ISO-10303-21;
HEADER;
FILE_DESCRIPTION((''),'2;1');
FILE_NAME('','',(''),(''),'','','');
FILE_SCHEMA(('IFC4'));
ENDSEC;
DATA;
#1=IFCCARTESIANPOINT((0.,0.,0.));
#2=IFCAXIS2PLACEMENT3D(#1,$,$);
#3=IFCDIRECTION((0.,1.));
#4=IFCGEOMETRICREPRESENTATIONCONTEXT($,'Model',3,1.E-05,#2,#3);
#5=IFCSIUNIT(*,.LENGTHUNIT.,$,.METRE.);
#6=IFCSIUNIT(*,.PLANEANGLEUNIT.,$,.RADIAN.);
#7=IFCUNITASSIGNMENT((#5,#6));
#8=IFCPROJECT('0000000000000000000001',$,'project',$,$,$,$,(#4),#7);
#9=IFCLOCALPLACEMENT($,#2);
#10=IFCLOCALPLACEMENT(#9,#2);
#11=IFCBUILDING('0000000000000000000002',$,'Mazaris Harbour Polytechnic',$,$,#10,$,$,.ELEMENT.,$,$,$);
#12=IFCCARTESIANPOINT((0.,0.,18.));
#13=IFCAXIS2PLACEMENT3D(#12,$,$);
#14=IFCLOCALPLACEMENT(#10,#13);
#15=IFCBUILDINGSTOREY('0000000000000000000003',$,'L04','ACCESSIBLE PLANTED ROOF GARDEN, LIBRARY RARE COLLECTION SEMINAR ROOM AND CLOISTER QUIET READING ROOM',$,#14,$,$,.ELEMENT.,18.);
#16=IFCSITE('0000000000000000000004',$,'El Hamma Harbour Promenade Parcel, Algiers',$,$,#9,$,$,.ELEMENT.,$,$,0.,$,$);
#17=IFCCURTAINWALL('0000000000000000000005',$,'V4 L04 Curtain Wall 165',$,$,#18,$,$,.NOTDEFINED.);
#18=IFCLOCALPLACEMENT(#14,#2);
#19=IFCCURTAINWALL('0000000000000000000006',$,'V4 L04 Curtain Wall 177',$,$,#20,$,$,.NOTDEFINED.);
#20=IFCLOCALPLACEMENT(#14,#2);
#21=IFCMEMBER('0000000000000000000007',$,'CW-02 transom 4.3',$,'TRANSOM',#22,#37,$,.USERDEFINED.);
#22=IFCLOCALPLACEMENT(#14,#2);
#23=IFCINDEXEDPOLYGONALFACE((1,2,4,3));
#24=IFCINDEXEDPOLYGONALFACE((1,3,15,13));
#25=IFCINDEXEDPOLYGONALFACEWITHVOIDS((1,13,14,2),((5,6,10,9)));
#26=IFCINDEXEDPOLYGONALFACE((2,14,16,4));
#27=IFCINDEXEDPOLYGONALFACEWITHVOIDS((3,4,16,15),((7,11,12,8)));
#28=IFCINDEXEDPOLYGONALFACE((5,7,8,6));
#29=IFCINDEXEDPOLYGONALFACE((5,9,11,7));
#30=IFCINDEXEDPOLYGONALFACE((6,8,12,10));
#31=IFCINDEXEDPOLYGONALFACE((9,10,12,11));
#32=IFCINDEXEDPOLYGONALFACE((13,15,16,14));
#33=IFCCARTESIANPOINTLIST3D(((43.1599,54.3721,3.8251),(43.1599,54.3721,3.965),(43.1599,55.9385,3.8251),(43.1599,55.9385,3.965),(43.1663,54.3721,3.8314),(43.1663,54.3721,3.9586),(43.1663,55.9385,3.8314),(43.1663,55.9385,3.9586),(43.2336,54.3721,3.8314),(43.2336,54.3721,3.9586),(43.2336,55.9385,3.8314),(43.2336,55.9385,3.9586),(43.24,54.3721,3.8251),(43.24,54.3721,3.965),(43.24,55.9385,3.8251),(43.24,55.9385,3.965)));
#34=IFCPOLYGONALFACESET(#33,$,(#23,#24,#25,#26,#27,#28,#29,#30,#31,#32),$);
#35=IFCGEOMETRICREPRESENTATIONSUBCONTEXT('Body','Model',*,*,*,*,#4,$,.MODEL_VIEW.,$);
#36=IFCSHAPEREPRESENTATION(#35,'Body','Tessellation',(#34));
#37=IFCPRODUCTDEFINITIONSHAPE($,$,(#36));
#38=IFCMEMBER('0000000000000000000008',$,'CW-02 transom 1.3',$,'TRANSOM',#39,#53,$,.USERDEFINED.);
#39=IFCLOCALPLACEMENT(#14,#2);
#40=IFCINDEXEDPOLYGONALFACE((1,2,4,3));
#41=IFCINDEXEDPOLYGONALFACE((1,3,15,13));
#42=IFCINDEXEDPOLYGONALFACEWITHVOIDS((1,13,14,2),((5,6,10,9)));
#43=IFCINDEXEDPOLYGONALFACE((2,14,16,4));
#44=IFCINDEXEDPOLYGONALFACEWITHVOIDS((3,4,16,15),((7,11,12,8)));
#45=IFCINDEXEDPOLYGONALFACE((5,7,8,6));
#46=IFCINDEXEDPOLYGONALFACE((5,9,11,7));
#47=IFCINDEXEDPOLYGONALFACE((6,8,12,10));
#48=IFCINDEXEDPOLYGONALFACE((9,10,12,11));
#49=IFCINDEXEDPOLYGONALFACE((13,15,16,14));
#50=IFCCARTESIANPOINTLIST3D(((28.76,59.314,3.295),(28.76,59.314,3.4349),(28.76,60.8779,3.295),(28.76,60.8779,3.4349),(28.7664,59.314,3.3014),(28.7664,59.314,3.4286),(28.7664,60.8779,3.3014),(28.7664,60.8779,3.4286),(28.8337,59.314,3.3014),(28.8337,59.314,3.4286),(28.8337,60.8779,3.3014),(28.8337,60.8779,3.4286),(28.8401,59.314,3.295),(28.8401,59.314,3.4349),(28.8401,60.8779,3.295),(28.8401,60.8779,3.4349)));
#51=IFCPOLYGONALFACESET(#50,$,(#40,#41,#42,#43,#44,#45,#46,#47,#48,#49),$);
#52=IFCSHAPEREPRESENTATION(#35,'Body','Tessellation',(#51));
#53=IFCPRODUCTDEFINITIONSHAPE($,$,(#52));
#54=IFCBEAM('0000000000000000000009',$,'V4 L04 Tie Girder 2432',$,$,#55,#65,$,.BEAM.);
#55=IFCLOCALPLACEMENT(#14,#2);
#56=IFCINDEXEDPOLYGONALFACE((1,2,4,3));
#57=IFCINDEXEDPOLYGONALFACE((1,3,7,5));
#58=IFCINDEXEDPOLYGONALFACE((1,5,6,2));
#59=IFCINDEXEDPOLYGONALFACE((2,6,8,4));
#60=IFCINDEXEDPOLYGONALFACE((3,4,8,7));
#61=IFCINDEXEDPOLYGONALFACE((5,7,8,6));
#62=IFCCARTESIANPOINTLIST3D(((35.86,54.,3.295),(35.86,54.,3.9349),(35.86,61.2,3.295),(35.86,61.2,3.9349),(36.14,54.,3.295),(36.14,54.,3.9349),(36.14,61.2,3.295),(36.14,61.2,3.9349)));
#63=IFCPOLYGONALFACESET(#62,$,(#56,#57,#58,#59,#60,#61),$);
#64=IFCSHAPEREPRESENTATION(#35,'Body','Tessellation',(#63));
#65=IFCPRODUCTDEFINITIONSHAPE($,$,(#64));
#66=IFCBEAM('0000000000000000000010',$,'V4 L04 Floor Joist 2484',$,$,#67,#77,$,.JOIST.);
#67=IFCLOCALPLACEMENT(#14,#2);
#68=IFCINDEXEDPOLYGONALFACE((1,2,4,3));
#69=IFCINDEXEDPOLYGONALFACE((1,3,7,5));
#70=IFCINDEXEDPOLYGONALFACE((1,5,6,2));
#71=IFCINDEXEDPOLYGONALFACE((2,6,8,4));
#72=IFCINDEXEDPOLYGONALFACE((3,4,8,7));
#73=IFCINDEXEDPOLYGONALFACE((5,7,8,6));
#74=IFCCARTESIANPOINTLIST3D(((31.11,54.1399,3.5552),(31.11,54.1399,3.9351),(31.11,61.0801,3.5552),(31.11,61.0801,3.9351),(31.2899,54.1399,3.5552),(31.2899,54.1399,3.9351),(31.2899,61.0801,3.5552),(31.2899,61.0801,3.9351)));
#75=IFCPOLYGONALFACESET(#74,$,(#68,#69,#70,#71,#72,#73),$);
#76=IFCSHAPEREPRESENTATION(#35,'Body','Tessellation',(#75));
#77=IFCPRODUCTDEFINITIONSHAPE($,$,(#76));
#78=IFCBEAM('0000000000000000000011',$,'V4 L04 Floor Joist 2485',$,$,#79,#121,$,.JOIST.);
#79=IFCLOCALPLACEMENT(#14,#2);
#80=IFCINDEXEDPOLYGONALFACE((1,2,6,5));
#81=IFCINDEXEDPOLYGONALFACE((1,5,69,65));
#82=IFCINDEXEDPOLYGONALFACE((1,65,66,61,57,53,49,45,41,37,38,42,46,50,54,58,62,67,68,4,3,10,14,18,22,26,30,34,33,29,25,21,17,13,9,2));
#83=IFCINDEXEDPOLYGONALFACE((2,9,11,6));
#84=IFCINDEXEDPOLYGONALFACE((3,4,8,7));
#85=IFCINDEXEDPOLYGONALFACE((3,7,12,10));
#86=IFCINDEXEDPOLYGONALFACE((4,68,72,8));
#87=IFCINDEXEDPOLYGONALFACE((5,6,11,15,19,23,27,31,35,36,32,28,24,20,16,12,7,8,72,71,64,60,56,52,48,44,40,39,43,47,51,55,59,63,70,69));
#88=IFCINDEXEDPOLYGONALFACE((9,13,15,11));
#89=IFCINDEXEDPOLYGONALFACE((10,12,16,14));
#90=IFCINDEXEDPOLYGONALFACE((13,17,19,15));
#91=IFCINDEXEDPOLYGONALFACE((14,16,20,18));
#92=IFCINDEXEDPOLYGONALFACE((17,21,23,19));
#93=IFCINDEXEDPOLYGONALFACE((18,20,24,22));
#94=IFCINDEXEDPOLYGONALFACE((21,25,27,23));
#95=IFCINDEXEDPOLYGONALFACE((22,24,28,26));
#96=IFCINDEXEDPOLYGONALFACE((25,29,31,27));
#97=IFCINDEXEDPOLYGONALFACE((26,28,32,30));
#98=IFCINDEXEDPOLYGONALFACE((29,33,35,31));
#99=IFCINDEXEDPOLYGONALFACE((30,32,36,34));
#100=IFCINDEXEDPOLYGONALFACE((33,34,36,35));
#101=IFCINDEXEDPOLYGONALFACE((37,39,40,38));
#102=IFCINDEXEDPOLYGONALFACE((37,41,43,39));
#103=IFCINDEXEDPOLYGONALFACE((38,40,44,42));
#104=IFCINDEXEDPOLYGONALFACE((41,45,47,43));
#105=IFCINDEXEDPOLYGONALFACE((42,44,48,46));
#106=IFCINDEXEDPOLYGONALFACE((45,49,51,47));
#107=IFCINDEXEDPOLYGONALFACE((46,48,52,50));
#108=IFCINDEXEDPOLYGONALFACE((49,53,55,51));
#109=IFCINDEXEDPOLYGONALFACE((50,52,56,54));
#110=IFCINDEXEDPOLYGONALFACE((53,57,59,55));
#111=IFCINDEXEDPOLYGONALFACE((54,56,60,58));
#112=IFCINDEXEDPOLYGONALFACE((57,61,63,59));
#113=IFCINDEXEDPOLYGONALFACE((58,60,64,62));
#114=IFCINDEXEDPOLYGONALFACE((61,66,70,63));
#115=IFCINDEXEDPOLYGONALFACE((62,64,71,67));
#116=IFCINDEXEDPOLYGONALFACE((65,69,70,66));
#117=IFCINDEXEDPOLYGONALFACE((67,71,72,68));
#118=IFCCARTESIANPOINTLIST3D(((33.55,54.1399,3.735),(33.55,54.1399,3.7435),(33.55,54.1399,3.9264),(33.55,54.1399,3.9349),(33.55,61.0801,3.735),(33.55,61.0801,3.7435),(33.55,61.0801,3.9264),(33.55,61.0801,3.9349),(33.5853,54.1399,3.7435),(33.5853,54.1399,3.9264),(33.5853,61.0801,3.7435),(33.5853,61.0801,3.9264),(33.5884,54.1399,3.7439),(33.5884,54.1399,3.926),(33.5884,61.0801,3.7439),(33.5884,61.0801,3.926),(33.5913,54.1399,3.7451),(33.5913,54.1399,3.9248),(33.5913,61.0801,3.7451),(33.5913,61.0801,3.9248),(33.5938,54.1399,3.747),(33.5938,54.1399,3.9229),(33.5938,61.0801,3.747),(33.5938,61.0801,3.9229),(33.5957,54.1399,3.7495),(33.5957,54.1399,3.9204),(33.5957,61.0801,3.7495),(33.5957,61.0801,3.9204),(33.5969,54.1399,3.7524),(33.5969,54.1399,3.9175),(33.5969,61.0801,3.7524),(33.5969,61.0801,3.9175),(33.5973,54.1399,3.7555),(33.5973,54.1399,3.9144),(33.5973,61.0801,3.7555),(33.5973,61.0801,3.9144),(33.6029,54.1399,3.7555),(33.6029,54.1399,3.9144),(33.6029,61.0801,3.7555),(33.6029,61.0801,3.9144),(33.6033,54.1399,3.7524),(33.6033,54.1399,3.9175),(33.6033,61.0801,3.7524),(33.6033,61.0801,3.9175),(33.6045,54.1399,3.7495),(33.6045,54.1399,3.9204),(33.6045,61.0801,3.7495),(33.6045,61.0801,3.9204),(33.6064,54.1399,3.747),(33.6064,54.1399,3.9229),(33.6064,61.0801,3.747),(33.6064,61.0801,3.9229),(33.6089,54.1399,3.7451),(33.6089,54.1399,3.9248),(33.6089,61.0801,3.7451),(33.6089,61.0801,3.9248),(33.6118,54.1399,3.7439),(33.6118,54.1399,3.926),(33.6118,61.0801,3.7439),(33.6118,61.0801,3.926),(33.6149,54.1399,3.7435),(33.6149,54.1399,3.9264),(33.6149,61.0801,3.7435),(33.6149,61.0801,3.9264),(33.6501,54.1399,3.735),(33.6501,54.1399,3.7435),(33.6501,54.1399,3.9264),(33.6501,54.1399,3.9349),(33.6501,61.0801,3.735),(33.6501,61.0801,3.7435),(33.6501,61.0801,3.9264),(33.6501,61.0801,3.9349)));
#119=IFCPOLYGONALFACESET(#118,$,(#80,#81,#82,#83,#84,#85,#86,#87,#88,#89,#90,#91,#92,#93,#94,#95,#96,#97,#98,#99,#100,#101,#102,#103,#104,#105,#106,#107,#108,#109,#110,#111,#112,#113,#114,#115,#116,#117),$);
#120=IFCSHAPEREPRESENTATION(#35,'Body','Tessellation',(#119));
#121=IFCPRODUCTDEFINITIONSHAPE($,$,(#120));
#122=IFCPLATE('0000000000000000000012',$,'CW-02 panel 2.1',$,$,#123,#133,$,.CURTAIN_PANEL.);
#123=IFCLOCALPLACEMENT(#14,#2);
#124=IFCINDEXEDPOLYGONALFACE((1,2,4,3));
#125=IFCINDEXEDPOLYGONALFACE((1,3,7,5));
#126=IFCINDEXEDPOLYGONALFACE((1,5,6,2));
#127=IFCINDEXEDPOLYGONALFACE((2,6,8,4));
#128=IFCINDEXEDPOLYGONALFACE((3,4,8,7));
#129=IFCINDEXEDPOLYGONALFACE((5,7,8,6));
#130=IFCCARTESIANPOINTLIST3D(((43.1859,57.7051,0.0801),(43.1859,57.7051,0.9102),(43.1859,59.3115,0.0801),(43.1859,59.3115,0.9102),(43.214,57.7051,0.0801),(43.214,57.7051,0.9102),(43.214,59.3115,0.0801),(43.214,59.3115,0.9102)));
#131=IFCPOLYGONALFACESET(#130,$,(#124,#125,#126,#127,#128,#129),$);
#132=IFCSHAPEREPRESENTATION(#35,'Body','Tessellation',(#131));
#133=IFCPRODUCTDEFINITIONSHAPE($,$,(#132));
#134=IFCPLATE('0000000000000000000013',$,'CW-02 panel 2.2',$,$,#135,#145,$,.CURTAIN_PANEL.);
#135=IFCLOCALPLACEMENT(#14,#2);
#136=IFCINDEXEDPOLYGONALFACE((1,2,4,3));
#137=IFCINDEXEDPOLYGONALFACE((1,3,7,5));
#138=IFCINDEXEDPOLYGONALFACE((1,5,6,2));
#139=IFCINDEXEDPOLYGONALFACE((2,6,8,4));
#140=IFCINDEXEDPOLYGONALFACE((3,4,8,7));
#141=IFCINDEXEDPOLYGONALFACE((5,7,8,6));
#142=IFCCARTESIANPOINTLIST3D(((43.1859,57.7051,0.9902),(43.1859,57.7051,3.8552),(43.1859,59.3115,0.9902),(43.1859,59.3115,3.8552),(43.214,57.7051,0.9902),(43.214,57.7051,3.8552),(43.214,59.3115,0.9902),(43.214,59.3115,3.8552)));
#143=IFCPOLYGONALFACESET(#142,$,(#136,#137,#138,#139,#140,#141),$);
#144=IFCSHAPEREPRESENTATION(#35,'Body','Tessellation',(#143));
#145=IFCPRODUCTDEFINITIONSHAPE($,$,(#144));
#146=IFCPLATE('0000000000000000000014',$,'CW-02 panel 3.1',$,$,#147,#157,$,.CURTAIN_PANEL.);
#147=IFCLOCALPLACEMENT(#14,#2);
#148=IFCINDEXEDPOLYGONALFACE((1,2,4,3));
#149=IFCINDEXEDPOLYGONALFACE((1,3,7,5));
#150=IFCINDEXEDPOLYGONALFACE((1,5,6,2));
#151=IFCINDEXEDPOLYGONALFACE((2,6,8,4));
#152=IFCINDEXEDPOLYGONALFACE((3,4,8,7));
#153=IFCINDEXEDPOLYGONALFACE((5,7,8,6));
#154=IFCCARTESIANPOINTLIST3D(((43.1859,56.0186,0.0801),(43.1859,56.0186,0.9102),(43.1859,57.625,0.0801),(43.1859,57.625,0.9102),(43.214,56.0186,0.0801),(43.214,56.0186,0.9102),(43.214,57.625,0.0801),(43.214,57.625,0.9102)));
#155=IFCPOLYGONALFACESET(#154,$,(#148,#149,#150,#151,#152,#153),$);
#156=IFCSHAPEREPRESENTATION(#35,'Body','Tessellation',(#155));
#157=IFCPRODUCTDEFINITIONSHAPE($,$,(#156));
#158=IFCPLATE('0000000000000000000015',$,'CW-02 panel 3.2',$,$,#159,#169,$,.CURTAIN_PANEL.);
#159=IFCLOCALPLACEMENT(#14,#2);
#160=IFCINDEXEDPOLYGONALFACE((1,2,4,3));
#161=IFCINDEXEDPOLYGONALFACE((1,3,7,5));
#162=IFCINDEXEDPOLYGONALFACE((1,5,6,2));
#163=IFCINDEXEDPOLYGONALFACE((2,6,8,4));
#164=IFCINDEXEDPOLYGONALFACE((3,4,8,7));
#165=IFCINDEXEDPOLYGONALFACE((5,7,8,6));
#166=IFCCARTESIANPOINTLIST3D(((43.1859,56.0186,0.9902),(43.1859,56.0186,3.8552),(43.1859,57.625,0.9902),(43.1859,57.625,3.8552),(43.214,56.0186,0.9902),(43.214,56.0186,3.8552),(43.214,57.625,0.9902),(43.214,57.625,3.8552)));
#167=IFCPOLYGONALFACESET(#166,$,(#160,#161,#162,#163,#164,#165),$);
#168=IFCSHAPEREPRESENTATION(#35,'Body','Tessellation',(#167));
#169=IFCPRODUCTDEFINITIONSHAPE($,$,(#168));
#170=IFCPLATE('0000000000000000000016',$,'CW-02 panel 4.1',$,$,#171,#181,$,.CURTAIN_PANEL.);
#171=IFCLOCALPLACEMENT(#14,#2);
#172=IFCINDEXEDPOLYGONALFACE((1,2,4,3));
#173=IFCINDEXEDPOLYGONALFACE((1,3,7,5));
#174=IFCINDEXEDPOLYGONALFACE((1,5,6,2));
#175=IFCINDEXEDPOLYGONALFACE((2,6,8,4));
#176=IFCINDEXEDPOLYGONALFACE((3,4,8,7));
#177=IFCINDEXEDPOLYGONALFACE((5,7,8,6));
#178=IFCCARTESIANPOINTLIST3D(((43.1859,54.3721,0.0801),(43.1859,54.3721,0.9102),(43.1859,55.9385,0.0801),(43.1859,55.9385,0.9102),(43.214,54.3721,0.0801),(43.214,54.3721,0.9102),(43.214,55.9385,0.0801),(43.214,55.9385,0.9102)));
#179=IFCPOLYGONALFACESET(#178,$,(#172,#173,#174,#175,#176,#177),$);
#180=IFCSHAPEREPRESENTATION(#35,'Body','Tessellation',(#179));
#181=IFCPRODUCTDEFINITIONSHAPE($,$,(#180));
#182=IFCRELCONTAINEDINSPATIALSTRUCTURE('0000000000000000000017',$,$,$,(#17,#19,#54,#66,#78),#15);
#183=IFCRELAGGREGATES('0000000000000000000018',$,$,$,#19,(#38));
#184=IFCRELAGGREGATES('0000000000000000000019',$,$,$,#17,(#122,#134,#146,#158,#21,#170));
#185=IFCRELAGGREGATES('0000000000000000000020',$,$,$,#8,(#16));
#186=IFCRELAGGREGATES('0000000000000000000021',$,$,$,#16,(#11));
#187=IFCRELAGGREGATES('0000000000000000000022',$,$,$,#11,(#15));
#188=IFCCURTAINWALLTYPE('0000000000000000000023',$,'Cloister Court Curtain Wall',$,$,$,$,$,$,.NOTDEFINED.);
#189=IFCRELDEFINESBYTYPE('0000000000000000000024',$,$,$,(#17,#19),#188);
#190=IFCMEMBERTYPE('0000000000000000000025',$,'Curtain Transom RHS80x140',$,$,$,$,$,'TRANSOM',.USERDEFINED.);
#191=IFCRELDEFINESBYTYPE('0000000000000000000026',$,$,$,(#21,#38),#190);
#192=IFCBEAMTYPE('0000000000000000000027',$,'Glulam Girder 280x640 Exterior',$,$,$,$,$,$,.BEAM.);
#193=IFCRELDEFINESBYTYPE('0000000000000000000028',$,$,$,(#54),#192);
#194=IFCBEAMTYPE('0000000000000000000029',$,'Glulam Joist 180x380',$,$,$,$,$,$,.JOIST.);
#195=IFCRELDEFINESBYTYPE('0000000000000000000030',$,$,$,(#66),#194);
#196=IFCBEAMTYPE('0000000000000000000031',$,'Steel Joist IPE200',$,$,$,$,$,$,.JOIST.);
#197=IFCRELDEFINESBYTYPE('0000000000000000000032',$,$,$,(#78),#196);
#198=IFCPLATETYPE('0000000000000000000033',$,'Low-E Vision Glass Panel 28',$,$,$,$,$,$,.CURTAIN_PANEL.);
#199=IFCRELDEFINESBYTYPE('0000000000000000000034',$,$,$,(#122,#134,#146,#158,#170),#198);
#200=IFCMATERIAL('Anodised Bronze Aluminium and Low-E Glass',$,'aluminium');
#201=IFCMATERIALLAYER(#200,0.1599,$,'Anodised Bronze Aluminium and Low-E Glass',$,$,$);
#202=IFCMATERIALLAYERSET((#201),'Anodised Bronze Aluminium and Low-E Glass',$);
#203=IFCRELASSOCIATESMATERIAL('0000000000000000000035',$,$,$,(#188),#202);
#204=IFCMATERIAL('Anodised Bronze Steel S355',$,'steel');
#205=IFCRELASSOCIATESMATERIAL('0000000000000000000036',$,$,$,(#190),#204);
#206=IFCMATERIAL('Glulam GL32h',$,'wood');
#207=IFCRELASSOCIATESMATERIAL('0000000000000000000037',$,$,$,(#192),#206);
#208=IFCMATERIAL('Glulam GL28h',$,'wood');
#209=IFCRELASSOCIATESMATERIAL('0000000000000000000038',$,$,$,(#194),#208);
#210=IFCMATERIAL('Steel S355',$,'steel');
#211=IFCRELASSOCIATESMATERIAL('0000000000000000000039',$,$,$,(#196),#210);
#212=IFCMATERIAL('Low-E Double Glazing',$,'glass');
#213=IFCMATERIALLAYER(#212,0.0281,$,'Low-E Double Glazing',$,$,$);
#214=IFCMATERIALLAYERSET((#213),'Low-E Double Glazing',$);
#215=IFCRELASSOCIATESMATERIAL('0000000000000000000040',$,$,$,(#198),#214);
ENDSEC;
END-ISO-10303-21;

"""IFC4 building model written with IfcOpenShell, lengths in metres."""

from ifc_helpers import new_model, si_unit, direction, frame, origin, origin_2d, place, context, subcontext, project, spatial, rectangle, hollow_rectangle, i_section, extrude, material, layer, layer_set, material_profile, profile_set, type_object, element, aggregate, save


model = new_model("IFC4")

# Units and contexts
model_context = context("Model", 3, precision=1e-05, world=origin(), true_north=direction((0.0, 1.0)))
body_context = subcontext(model_context, "Body", "Model", "MODEL_VIEW")
ifc_project = project(units=[si_unit("LENGTHUNIT", "METRE"), si_unit("PLANEANGLEUNIT", "RADIAN")], contexts=[model_context])

# Site, building, storey
site_placement = place(None, origin())
site = spatial("IfcSite", under=ifc_project, at=site_placement, Name="El Hamma Harbour Promenade Parcel, Algiers", CompositionType="ELEMENT", RefElevation=0.0)
building_placement = place(site_placement, origin())
building = spatial("IfcBuilding", under=site, at=building_placement, Name="Mazaris Harbour Polytechnic", CompositionType="ELEMENT")
storey_placement = place(building_placement, frame((0.0, 0.0, 18.0)))
storey = spatial("IfcBuildingStorey", under=building, at=storey_placement, Name="L04", Description="ACCESSIBLE PLANTED ROOF GARDEN, LIBRARY RARE COLLECTION SEMINAR ROOM AND CLOISTER QUIET READING ROOM", CompositionType="ELEMENT", Elevation=18.0)

# Curtain wall
ifc_material_1 = material(Name="Anodised Bronze Aluminium and Low-E Glass", Category="aluminium")
ifc_layer_1 = layer(ifc_material_1, 0.1599, Name="Anodised Bronze Aluminium and Low-E Glass")
ifc_layer_set_1 = layer_set([ifc_layer_1], Name="Anodised Bronze Aluminium and Low-E Glass")
curtain_wall_type = type_object("IfcCurtainWallType", Name="Cloister Court Curtain Wall", PredefinedType="NOTDEFINED", material=ifc_layer_set_1)
curtain_wall_1_placement = place(storey_placement, origin())
curtain_wall_1 = element("IfcCurtainWall", 1, at=curtain_wall_1_placement, inside=storey, type_object=curtain_wall_type, Name="V4 L04 Curtain Wall 165", PredefinedType="NOTDEFINED")

# Curtain wall
curtain_wall_2_placement = place(storey_placement, origin())
curtain_wall_2 = element("IfcCurtainWall", 2, at=curtain_wall_2_placement, inside=storey, type_object=curtain_wall_type, Name="V4 L04 Curtain Wall 177", PredefinedType="NOTDEFINED")

# Members
ifc_material_2 = material(Name="Anodised Bronze Steel S355", Category="steel")
ifc_material_profile_1 = material_profile(ifc_material_2, hollow_rectangle(XDim=0.0801, YDim=0.1399, WallThickness=0.0063, at=origin_2d()), Name="RHS 80x140x6.3")
ifc_profile_set_1 = profile_set([ifc_material_profile_1], Name="Anodised Bronze Steel S355")
member_type_1 = type_object("IfcMemberType", Name="Curtain Transom RHS80x140", ElementType="TRANSOM", PredefinedType="USERDEFINED", material=ifc_profile_set_1)
member_1_placement = place(storey_placement, frame((43.2, 55.9385, 3.895), z_axis=(0.0, -1.0, 0.0), x_axis=(1.0, 0.0, 0.0)))
member_1 = element("IfcMember", 3, at=member_1_placement, type_object=member_type_1, Name="CW-02 transom 4.3", ObjectType="TRANSOM", PredefinedType="USERDEFINED", context=body_context, shape_type="SweptSolid", body=[
    extrude(hollow_rectangle(XDim=0.0801, YDim=0.1399, WallThickness=0.0063, at=origin_2d()), origin(), (0.0, 0.0, 1.0), 1.5664),
])
member_2_placement = place(storey_placement, frame((28.8, 60.8779, 3.365), z_axis=(0.0, -1.0, 0.0), x_axis=(1.0, 0.0, 0.0)))
member_2 = element("IfcMember", 4, at=member_2_placement, type_object=member_type_1, Name="CW-02 transom 1.3", ObjectType="TRANSOM", PredefinedType="USERDEFINED", context=body_context, shape_type="SweptSolid", body=[
    extrude(hollow_rectangle(XDim=0.0801, YDim=0.1399, WallThickness=0.0063, at=origin_2d()), origin(), (0.0, 0.0, 1.0), 1.564),
])
aggregate(curtain_wall_2, [member_2])

# Beams
ifc_material_3 = material(Name="Glulam GL32h", Category="wood")
ifc_material_profile_2 = material_profile(ifc_material_3, rectangle(XDim=0.28, YDim=0.6399, at=origin_2d()), Name="RECT280x640")
ifc_profile_set_2 = profile_set([ifc_material_profile_2], Name="Glulam GL32h")
beam_type_1 = type_object("IfcBeamType", Name="Glulam Girder 280x640 Exterior", PredefinedType="BEAM", material=ifc_profile_set_2)
beam_1_placement = place(storey_placement, frame((36.0, 54.0, 3.615), z_axis=(0.0, 1.0, 0.0), x_axis=(-1.0, 0.0, 0.0)))
element("IfcBeam", 5, at=beam_1_placement, inside=storey, type_object=beam_type_1, Name="V4 L04 Tie Girder 2432", PredefinedType="BEAM", context=body_context, shape_type="SweptSolid", body=[
    extrude(rectangle(XDim=0.28, YDim=0.6399, at=origin_2d()), origin(), (0.0, 0.0, 1.0), 7.2),
])
ifc_material_4 = material(Name="Glulam GL28h", Category="wood")
ifc_material_profile_3 = material_profile(ifc_material_4, rectangle(XDim=0.1799, YDim=0.3799, at=origin_2d()), Name="RECT180x380")
ifc_profile_set_3 = profile_set([ifc_material_profile_3], Name="Glulam GL28h")
beam_type_2 = type_object("IfcBeamType", Name="Glulam Joist 180x380", PredefinedType="JOIST", material=ifc_profile_set_3)
beam_2_placement = place(storey_placement, frame((31.2, 54.1399, 3.7451), z_axis=(0.0, 1.0, 0.0), x_axis=(-1.0, 0.0, 0.0)))
element("IfcBeam", 6, at=beam_2_placement, inside=storey, type_object=beam_type_2, Name="V4 L04 Floor Joist 2484", PredefinedType="JOIST", context=body_context, shape_type="SweptSolid", body=[
    extrude(rectangle(XDim=0.1799, YDim=0.3799, at=origin_2d()), origin(), (0.0, 0.0, 1.0), 6.9402),
])
ifc_material_5 = material(Name="Steel S355", Category="steel")
ifc_material_profile_4 = material_profile(ifc_material_5, i_section(OverallWidth=0.1001, OverallDepth=0.2, WebThickness=0.0056, FlangeThickness=0.0085, FilletRadius=0.012, at=origin_2d()), Name="IPE 200")
ifc_profile_set_4 = profile_set([ifc_material_profile_4], Name="Steel S355")
beam_type_3 = type_object("IfcBeamType", Name="Steel Joist IPE200", PredefinedType="JOIST", material=ifc_profile_set_4)
beam_3_placement = place(storey_placement, frame((33.6001, 54.1399, 3.835), z_axis=(0.0, 1.0, 0.0), x_axis=(-1.0, 0.0, 0.0)))
element("IfcBeam", 7, at=beam_3_placement, inside=storey, type_object=beam_type_3, Name="V4 L04 Floor Joist 2485", PredefinedType="JOIST", context=body_context, shape_type="SweptSolid", body=[
    extrude(i_section(OverallWidth=0.1001, OverallDepth=0.2, WebThickness=0.0056, FlangeThickness=0.0085, FilletRadius=0.012, at=origin_2d()), origin(), (0.0, 0.0, 1.0), 6.9402),
])

# Plates
ifc_material_6 = material(Name="Low-E Double Glazing", Category="glass")
ifc_layer_2 = layer(ifc_material_6, 0.0281, Name="Low-E Double Glazing")
ifc_layer_set_2 = layer_set([ifc_layer_2], Name="Low-E Double Glazing")
plate_type = type_object("IfcPlateType", Name="Low-E Vision Glass Panel 28", PredefinedType="CURTAIN_PANEL", material=ifc_layer_set_2)
plate_1_placement = place(storey_placement, frame((43.2, 58.5083, 0.0801), z_axis=(0.0, 0.0, 1.0), x_axis=(0.0, -1.0, 0.0)))
plate_1 = element("IfcPlate", 8, at=plate_1_placement, type_object=plate_type, Name="CW-02 panel 2.1", PredefinedType="CURTAIN_PANEL", context=body_context, shape_type="SweptSolid", body=[
    extrude(rectangle(XDim=1.6064, YDim=0.0281, at=origin_2d()), origin(), (0.0, 0.0, 1.0), 0.8301),
])
plate_2_placement = place(storey_placement, frame((43.2, 58.5083, 0.9902), z_axis=(0.0, 0.0, 1.0), x_axis=(0.0, -1.0, 0.0)))
plate_2 = element("IfcPlate", 9, at=plate_2_placement, type_object=plate_type, Name="CW-02 panel 2.2", PredefinedType="CURTAIN_PANEL", context=body_context, shape_type="SweptSolid", body=[
    extrude(rectangle(XDim=1.6064, YDim=0.0281, at=origin_2d()), origin(), (0.0, 0.0, 1.0), 2.865),
])
plate_3_placement = place(storey_placement, frame((43.2, 56.8218, 0.0801), z_axis=(0.0, 0.0, 1.0), x_axis=(0.0, -1.0, 0.0)))
plate_3 = element("IfcPlate", 10, at=plate_3_placement, type_object=plate_type, Name="CW-02 panel 3.1", PredefinedType="CURTAIN_PANEL", context=body_context, shape_type="SweptSolid", body=[
    extrude(rectangle(XDim=1.6064, YDim=0.0281, at=origin_2d()), origin(), (0.0, 0.0, 1.0), 0.8301),
])
plate_4_placement = place(storey_placement, frame((43.2, 56.8218, 0.9902), z_axis=(0.0, 0.0, 1.0), x_axis=(0.0, -1.0, 0.0)))
plate_4 = element("IfcPlate", 11, at=plate_4_placement, type_object=plate_type, Name="CW-02 panel 3.2", PredefinedType="CURTAIN_PANEL", context=body_context, shape_type="SweptSolid", body=[
    extrude(rectangle(XDim=1.6064, YDim=0.0281, at=origin_2d()), origin(), (0.0, 0.0, 1.0), 2.865),
])
plate_5_placement = place(storey_placement, frame((43.2, 55.1553, 0.0801), z_axis=(0.0, 0.0, 1.0), x_axis=(0.0, -1.0, 0.0)))
plate_5 = element("IfcPlate", 12, at=plate_5_placement, type_object=plate_type, Name="CW-02 panel 4.1", PredefinedType="CURTAIN_PANEL", context=body_context, shape_type="SweptSolid", body=[
    extrude(rectangle(XDim=1.5664, YDim=0.0281, at=origin_2d()), origin(), (0.0, 0.0, 1.0), 0.8301),
])
aggregate(curtain_wall_1, [plate_1, plate_2, plate_3, plate_4, member_1, plate_5])

save(model, "model.ifc")
